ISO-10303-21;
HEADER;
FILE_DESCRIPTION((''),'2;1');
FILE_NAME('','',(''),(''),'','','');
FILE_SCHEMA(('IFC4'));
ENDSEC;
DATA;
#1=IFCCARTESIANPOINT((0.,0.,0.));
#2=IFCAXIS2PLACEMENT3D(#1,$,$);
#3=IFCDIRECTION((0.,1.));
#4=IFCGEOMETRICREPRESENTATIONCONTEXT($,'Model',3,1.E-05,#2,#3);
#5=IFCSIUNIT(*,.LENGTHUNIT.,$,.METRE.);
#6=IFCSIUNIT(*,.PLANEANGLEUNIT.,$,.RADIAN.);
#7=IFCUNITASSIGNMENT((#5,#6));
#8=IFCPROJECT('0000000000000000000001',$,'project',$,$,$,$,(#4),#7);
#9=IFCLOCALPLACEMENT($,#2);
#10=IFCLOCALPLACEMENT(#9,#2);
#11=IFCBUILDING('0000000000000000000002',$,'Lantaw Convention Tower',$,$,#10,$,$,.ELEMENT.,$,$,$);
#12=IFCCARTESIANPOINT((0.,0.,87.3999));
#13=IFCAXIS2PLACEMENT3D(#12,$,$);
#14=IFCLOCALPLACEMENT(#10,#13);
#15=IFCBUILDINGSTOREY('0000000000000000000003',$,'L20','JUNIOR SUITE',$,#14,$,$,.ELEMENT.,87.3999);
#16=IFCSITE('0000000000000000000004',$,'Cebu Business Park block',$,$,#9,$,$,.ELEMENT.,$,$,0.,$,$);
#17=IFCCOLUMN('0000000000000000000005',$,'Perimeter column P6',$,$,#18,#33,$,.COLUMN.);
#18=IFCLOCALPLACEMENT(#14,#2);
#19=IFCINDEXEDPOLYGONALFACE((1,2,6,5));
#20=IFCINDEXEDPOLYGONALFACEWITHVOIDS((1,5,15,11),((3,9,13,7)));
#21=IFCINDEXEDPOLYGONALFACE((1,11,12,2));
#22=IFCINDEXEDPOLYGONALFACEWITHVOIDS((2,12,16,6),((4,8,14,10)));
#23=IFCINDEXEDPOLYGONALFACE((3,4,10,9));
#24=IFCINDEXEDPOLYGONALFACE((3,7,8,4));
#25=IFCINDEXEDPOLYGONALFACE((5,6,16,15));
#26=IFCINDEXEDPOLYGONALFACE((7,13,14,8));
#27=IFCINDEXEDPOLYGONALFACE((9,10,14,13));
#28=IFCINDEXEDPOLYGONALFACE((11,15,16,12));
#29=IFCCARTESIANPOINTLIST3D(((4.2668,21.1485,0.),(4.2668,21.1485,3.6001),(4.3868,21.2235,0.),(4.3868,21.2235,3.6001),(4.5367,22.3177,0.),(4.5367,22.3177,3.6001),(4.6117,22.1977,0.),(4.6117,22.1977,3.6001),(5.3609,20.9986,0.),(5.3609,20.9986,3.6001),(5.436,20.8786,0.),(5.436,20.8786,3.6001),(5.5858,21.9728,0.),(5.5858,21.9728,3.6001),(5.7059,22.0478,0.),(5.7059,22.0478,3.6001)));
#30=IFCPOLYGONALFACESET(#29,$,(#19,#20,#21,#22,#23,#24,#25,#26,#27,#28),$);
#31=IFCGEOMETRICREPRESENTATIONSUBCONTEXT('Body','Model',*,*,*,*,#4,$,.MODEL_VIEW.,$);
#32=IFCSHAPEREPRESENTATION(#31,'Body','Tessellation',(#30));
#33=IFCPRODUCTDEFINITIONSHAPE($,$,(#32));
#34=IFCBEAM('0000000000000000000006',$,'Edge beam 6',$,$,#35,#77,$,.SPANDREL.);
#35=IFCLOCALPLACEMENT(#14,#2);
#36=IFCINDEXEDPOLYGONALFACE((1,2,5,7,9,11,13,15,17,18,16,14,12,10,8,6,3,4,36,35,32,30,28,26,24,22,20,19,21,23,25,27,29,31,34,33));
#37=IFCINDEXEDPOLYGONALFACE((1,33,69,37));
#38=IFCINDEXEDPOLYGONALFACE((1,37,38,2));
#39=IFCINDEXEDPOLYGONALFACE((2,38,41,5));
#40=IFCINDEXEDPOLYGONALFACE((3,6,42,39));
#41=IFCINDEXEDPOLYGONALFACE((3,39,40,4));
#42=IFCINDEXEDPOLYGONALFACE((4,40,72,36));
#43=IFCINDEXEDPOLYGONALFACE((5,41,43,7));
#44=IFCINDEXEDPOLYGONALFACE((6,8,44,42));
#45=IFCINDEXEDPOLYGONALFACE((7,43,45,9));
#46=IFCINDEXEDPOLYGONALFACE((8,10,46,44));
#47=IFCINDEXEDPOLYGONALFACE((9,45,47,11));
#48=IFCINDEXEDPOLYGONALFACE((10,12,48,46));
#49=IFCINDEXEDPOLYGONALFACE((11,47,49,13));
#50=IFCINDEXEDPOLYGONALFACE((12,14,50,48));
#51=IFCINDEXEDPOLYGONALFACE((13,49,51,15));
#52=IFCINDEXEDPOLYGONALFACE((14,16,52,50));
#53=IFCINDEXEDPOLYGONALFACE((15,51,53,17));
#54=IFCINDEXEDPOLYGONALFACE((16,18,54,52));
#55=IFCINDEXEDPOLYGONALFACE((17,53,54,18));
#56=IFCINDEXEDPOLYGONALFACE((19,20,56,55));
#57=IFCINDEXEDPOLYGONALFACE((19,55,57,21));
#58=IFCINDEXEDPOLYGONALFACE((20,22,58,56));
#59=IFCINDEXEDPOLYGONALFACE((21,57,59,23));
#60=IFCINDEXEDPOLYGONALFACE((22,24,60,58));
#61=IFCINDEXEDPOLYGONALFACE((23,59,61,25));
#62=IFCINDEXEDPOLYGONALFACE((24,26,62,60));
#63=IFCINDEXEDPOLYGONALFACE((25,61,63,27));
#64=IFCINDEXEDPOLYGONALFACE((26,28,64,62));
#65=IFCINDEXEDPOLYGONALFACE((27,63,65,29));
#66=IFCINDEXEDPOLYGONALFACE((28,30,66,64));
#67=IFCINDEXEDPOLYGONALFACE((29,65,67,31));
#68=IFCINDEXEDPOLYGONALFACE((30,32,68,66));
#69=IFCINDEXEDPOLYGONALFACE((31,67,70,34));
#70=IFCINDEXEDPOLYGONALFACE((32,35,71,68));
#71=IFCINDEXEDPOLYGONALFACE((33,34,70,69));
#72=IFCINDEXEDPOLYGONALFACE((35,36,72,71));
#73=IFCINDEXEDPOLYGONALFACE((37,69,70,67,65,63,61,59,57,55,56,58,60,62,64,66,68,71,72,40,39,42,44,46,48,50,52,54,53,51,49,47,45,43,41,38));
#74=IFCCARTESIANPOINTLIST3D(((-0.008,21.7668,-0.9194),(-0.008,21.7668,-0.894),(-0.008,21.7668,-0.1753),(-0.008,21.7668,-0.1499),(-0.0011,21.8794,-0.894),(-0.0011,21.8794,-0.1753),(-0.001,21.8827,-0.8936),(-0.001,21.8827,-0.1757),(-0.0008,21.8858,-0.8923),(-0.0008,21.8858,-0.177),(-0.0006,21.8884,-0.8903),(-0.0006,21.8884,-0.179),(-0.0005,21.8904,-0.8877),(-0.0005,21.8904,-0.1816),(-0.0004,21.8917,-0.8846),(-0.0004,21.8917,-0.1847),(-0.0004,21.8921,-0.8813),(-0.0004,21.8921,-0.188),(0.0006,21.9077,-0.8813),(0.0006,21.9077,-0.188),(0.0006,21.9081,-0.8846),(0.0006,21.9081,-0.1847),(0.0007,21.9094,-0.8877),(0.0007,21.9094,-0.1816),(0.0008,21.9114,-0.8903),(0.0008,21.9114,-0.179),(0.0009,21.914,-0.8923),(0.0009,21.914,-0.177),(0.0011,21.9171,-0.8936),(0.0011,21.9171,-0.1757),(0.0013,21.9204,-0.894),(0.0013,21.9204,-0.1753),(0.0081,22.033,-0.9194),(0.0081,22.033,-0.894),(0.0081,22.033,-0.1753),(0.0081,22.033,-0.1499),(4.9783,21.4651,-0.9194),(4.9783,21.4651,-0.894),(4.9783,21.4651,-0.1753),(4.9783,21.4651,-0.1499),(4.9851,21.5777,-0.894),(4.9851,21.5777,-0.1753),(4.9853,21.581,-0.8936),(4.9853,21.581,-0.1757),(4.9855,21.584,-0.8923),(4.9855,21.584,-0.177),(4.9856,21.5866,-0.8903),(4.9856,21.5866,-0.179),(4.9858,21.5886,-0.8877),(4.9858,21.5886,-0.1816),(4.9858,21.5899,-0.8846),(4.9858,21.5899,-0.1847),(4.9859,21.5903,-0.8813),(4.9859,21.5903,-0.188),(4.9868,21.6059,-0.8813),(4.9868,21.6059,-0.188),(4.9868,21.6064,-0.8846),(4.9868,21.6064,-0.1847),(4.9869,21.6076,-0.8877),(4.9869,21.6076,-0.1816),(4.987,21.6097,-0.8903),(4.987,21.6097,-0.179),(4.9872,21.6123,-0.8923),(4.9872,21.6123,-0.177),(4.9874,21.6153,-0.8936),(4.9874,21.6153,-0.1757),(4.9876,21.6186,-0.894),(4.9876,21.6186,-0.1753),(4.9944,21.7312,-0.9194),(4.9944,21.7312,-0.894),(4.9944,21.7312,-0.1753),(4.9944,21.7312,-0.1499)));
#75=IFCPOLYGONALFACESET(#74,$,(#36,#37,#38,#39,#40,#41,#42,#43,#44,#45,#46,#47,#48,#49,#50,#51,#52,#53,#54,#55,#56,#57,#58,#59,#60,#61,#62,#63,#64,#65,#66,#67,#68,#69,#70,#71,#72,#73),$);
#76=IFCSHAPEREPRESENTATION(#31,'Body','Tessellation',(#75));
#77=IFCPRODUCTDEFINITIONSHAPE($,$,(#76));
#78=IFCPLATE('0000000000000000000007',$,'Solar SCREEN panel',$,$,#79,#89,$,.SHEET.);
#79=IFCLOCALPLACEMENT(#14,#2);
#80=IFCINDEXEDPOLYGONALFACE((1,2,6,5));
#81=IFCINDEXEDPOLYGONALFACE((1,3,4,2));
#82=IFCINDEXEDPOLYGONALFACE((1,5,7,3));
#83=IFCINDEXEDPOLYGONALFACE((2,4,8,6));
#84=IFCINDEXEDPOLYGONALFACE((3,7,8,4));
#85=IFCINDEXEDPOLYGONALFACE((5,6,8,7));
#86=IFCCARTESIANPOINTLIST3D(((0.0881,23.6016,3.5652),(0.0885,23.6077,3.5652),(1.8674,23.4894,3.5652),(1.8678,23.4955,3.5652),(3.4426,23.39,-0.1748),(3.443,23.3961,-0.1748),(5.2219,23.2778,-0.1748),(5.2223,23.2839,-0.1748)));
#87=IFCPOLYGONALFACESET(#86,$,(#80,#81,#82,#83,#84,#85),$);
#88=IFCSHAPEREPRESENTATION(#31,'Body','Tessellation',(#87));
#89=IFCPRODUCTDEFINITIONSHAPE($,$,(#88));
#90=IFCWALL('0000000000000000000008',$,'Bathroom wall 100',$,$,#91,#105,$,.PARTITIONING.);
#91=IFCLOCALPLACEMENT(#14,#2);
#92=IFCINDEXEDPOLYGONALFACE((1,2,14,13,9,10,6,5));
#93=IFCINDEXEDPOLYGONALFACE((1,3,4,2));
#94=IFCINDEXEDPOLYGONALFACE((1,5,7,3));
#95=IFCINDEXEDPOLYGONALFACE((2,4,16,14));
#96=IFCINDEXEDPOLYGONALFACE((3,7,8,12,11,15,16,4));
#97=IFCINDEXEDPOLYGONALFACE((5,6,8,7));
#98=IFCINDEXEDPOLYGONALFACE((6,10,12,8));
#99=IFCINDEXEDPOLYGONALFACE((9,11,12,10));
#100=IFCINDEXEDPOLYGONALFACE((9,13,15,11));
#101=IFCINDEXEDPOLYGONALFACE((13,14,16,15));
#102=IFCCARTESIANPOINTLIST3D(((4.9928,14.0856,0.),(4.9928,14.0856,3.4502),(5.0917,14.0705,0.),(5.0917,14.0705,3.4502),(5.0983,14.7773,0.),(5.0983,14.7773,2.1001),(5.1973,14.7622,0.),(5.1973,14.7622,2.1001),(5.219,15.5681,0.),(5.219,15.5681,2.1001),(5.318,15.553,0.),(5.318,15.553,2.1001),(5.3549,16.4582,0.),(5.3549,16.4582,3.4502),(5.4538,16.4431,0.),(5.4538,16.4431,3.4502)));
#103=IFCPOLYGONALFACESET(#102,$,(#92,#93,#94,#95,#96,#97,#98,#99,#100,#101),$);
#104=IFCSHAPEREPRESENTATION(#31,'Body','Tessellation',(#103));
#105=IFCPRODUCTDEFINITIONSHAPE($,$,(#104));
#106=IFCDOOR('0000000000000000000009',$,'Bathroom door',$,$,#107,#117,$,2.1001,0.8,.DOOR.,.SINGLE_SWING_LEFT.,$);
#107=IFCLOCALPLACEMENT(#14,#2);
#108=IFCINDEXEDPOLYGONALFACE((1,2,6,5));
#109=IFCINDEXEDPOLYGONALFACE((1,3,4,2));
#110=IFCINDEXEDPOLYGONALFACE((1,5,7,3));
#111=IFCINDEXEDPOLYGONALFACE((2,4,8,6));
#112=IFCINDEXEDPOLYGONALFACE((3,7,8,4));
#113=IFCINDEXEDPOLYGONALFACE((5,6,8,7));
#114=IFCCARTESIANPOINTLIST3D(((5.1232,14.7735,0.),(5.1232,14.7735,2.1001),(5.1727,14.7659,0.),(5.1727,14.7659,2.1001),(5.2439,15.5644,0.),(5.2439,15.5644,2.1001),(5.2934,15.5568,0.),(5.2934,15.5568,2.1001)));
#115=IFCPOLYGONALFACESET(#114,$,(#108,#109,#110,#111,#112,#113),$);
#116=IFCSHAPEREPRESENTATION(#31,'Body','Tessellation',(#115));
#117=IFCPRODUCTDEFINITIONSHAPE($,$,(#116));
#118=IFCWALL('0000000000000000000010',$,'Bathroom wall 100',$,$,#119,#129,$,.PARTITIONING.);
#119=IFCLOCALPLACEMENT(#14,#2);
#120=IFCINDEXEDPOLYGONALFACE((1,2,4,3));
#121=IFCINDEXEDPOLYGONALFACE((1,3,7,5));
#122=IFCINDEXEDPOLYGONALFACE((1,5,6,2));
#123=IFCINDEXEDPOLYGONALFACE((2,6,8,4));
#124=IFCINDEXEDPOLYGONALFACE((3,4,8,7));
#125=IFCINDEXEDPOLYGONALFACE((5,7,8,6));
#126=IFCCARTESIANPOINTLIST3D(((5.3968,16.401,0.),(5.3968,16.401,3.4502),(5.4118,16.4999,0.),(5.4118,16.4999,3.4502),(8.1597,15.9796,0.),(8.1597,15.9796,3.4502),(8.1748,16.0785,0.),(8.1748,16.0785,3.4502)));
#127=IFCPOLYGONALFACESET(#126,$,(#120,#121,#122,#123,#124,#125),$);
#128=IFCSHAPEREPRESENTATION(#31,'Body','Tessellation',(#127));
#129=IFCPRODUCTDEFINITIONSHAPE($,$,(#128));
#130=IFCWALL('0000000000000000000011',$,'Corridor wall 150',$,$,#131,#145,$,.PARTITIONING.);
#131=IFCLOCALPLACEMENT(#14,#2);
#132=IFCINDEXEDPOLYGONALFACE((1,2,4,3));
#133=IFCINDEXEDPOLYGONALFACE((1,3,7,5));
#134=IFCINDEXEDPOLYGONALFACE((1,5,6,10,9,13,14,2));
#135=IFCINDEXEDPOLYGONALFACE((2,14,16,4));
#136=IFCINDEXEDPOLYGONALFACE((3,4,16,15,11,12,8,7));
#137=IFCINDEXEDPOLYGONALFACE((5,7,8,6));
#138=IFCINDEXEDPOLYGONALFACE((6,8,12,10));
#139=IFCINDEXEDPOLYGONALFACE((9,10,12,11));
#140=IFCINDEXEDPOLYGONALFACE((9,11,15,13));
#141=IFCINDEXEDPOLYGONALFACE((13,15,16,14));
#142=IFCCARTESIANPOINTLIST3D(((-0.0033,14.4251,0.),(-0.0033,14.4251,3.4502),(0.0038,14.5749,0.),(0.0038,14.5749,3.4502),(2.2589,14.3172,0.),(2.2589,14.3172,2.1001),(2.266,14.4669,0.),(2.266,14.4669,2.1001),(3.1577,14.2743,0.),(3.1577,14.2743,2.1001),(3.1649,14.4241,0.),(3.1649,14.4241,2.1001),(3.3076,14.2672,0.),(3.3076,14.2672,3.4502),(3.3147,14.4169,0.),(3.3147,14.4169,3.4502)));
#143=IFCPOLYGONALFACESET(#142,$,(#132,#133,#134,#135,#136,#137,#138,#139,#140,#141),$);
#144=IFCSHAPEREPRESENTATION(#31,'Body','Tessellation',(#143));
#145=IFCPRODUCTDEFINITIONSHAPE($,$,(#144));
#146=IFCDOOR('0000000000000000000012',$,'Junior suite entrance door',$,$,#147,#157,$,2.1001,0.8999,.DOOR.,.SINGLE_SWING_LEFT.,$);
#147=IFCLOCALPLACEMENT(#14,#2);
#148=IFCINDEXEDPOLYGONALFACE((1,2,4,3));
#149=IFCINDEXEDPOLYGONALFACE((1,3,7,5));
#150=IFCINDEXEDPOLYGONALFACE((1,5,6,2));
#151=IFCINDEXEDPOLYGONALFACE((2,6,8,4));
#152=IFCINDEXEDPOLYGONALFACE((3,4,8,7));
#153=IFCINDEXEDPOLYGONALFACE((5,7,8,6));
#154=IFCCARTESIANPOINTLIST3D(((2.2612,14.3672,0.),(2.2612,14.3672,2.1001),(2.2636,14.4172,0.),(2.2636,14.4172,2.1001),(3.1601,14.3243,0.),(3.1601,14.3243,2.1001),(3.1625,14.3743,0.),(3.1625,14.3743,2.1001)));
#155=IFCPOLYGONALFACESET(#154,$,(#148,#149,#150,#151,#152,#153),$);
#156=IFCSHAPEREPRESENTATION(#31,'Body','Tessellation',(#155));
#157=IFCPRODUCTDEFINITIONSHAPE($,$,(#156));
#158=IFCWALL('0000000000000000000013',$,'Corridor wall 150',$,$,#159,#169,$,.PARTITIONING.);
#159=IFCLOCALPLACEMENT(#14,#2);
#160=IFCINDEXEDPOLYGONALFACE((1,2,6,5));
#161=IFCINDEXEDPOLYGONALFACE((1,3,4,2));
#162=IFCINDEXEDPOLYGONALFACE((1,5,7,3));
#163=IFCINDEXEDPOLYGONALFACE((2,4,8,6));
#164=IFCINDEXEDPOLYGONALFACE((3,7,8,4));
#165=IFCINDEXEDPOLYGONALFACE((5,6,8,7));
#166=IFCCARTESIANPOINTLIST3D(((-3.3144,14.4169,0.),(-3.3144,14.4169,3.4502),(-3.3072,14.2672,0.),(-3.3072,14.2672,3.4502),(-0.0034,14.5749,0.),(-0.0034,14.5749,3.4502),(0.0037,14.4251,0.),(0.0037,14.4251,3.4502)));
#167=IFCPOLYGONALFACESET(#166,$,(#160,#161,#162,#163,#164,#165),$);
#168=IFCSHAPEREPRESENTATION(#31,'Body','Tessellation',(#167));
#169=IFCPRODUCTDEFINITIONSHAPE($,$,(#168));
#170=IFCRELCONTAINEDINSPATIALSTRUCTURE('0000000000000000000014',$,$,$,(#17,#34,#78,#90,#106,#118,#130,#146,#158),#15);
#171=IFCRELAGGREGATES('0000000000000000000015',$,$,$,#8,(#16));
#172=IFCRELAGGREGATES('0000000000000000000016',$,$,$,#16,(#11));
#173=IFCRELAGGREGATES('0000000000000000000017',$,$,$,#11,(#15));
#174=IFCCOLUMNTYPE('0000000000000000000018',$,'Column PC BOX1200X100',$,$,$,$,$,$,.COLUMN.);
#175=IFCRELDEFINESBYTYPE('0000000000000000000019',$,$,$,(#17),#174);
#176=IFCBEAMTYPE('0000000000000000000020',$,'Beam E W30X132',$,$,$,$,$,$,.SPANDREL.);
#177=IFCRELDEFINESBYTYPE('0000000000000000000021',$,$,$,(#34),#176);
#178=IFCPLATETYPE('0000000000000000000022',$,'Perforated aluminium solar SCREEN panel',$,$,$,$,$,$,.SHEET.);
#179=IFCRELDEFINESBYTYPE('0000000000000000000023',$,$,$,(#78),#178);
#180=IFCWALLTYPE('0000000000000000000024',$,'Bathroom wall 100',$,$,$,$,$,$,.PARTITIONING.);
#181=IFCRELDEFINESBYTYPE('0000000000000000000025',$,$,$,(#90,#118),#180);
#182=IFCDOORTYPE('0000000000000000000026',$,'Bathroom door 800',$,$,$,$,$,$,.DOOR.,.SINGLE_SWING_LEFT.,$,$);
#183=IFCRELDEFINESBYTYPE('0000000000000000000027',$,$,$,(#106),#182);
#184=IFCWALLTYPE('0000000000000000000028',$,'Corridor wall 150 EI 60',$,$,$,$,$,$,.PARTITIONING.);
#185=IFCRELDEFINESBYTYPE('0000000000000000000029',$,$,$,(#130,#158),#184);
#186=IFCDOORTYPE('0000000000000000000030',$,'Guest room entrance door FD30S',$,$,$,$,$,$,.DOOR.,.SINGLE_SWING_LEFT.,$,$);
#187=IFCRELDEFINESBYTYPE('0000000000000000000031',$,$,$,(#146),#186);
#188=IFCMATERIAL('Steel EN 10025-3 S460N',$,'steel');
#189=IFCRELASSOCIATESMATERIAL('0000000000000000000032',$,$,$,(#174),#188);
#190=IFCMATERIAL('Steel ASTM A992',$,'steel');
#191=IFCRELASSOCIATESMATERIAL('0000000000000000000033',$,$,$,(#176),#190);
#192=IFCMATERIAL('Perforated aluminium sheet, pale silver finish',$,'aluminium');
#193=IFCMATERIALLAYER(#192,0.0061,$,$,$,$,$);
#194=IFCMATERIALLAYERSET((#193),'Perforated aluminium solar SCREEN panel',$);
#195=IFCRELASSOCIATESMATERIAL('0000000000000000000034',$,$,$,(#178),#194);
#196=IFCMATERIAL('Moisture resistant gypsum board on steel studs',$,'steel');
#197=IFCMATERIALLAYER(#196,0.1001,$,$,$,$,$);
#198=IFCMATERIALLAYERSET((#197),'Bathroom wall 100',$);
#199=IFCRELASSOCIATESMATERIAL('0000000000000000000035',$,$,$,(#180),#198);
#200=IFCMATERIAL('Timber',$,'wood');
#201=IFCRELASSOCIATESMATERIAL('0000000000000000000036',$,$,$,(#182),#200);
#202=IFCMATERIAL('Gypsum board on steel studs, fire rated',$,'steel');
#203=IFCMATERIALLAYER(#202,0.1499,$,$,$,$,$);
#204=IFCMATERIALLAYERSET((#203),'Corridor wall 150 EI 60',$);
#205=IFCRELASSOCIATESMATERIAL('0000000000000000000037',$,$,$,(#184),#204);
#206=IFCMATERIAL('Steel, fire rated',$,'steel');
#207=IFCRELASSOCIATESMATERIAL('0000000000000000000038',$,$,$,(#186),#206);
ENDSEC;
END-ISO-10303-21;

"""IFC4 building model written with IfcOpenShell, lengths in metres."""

from ifc_helpers import new_model, si_unit, direction, frame, frame_2d, origin, origin_2d, place, context, subcontext, project, spatial, polyline, rectangle, hollow_rectangle, i_section, outline, extrude, material, layer, layer_set, material_profile, profile_set, type_object, element, fill, save


model = new_model("IFC4")

# Units and contexts
model_context = context("Model", 3, precision=1e-05, world=origin(), true_north=direction((0.0, 1.0)))
body_context = subcontext(model_context, "Body", "Model", "MODEL_VIEW")
ifc_project = project(units=[si_unit("LENGTHUNIT", "METRE"), si_unit("PLANEANGLEUNIT", "RADIAN")], contexts=[model_context])

# Site, building, storey
site_placement = place(None, origin())
site = spatial("IfcSite", under=ifc_project, at=site_placement, Name="Cebu Business Park block", CompositionType="ELEMENT", RefElevation=0.0)
building_placement = place(site_placement, origin())
building = spatial("IfcBuilding", under=site, at=building_placement, Name="Lantaw Convention Tower", CompositionType="ELEMENT")
storey_placement = place(building_placement, frame((0.0, 0.0, 87.3999)))
storey = spatial("IfcBuildingStorey", under=building, at=storey_placement, Name="L20", Description="JUNIOR SUITE", CompositionType="ELEMENT", Elevation=87.3999)

# Column
ifc_material_1 = material(Name="Steel EN 10025-3 S460N", Category="steel")
ifc_material_profile_1 = material_profile(ifc_material_1, hollow_rectangle(XDim=1.2, YDim=1.2, WallThickness=0.1001, at=origin_2d()), Name="BOX1200X100")
ifc_material_2 = material(Name="Concrete C60/75", Category="concrete")
ifc_material_profile_2 = material_profile(ifc_material_2, rectangle(XDim=1.0, YDim=1.0, at=origin_2d()), Name="Concrete fill of BOX1200X100")
ifc_profile_set_1 = profile_set([ifc_material_profile_1, ifc_material_profile_2], Name="Steel EN 10025-3 S460N")
column_type = type_object("IfcColumnType", Name="Column PC BOX1200X100", PredefinedType="COLUMN", material=ifc_profile_set_1)
column_placement = place(storey_placement, frame((4.9863, 21.5981, 0.0), z_axis=(0.0, 0.0, 1.0), x_axis=(0.224951, 0.97437, 0.0)))
element("IfcColumn", 1, at=column_placement, inside=storey, type_object=column_type, Name="Perimeter column P6", PredefinedType="COLUMN", context=body_context, shape_type="SweptSolid", body=[
    extrude(hollow_rectangle(XDim=1.2, YDim=1.2, WallThickness=0.1001, at=origin_2d()), origin(), (0.0, 0.0, 1.0), 3.6001),
])

# Beam
ifc_material_3 = material(Name="Steel ASTM A992", Category="steel")
ifc_material_profile_3 = material_profile(ifc_material_3, i_section(OverallWidth=0.2666, OverallDepth=0.7695, WebThickness=0.0156, FlangeThickness=0.0254, FilletRadius=0.0127, at=origin_2d()), Name="W30X132")
ifc_profile_set_2 = profile_set([ifc_material_profile_3], Name="Steel ASTM A992")
beam_type = type_object("IfcBeamType", Name="Beam E W30X132", PredefinedType="SPANDREL", material=ifc_profile_set_2)
beam_placement = place(storey_placement, frame((4.9863, 21.5981, -0.5347), z_axis=(-0.998174, 0.060407, 0.0), x_axis=(-0.060407, -0.998174, 0.0)))
element("IfcBeam", 2, at=beam_placement, inside=storey, type_object=beam_type, Name="Edge beam 6", PredefinedType="SPANDREL", context=body_context, shape_type="SweptSolid", body=[
    extrude(i_section(OverallWidth=0.2666, OverallDepth=0.7695, WebThickness=0.0156, FlangeThickness=0.0254, FilletRadius=0.0127, at=origin_2d()), origin(), (0.0, 0.0, 1.0), 4.9954),
])

# Plate
ifc_material_4 = material(Name="Perforated aluminium sheet, pale silver finish", Category="aluminium")
ifc_layer_1 = layer(ifc_material_4, 0.0061)
ifc_layer_set_1 = layer_set([ifc_layer_1], Name="Perforated aluminium solar SCREEN panel")
plate_type = type_object("IfcPlateType", Name="Perforated aluminium solar SCREEN panel", PredefinedType="SHEET", material=ifc_layer_set_1)
plate_placement = place(storey_placement, frame((5.2219, 23.2778, -0.1748), z_axis=(-0.062924, -0.998018, 0.000014), x_axis=(-0.998018, 0.062924, 0.0)))
element("IfcPlate", 3, at=plate_placement, inside=storey, type_object=plate_type, Name="Solar SCREEN panel", PredefinedType="SHEET", context=body_context, shape_type="SweptSolid", body=[
    extrude(outline(polyline([(0.0, 0.0), (1.7828, 0.0), (5.144, -3.74), (3.3612, -3.74), (0.0, 0.0)])), origin(), (0.0, 0.0, -1.0), 0.0061),
])

# Wall, opening, door
ifc_material_5 = material(Name="Moisture resistant gypsum board on steel studs", Category="steel")
ifc_layer_2 = layer(ifc_material_5, 0.1001)
ifc_layer_set_2 = layer_set([ifc_layer_2], Name="Bathroom wall 100")
wall_type_1 = type_object("IfcWallType", Name="Bathroom wall 100", PredefinedType="PARTITIONING", material=ifc_layer_set_2)
wall_1_placement = place(storey_placement, frame((5.0422, 14.0779, 0.0), z_axis=(0.0, 0.0, 1.0), x_axis=(0.150857, 0.988556, 0.0)))
wall_1 = element("IfcWall", 4, at=wall_1_placement, inside=storey, type_object=wall_type_1, Name="Bathroom wall 100", PredefinedType="PARTITIONING", context=body_context, shape_type="SweptSolid", body=[
    extrude(rectangle(XDim=2.4001, YDim=0.1001, at=frame_2d((1.2002, 0.0))), origin(), (0.0, 0.0, 1.0), 3.4502),
])
opening_1_placement = place(wall_1_placement, frame((0.7, 0.0, 0.0)))
opening_1 = element("IfcOpeningElement", 5, at=opening_1_placement, cuts=wall_1, PredefinedType="OPENING", context=body_context, shape_type="SweptSolid", body=[
    extrude(rectangle(XDim=0.8, YDim=2.1001, at=frame_2d((0.3999, 1.05))), frame((0.0, 0.0601, 0.0), z_axis=(0.0, -1.0, 0.0), x_axis=(1.0, 0.0, 0.0)), (0.0, 0.0, 1.0), 0.1201),
])
ifc_material_6 = material(Name="Timber", Category="wood")
door_type_1 = type_object("IfcDoorType", Name="Bathroom door 800", OperationType="SINGLE_SWING_LEFT", PredefinedType="DOOR", material=ifc_material_6)
door_1_placement = place(opening_1_placement, origin())
door_1 = element("IfcDoor", 6, at=door_1_placement, inside=storey, type_object=door_type_1, Name="Bathroom door", OperationType="SINGLE_SWING_LEFT", OverallHeight=2.1001, OverallWidth=0.8, PredefinedType="DOOR", context=body_context, shape_type="SweptSolid", body=[
    extrude(rectangle(XDim=0.8, YDim=2.1001, at=frame_2d((0.3999, 1.05))), frame((0.0, 0.0249, 0.0), z_axis=(0.0, -1.0, 0.0), x_axis=(1.0, 0.0, 0.0)), (0.0, 0.0, 1.0), 0.05),
])
fill(opening_1, door_1)

# Wall
wall_2_placement = place(storey_placement, frame((5.4043, 16.4504, 0.0), z_axis=(0.0, 0.0, 1.0), x_axis=(0.988569, -0.15077, 0.0)))
element("IfcWall", 7, at=wall_2_placement, inside=storey, type_object=wall_type_1, Name="Bathroom wall 100", PredefinedType="PARTITIONING", context=body_context, shape_type="SweptSolid", body=[
    extrude(rectangle(XDim=2.7949, YDim=0.1001, at=frame_2d((1.3975, 0.0))), origin(), (0.0, 0.0, 1.0), 3.4502),
])

# Wall, opening, door
ifc_material_7 = material(Name="Gypsum board on steel studs, fire rated", Category="steel")
ifc_layer_3 = layer(ifc_material_7, 0.1499)
ifc_layer_set_3 = layer_set([ifc_layer_3], Name="Corridor wall 150 EI 60")
wall_type_2 = type_object("IfcWallType", Name="Corridor wall 150 EI 60", PredefinedType="PARTITIONING", material=ifc_layer_set_3)
wall_3_placement = place(storey_placement, frame((3.311, 14.342, 0.0), z_axis=(0.0, 0.0, 1.0), x_axis=(-0.998864, 0.047653, 0.0)))
wall_3 = element("IfcWall", 8, at=wall_3_placement, inside=storey, type_object=wall_type_2, Name="Corridor wall 150", PredefinedType="PARTITIONING", context=body_context, shape_type="SweptSolid", body=[
    extrude(rectangle(XDim=3.3147, YDim=0.1499, at=frame_2d((1.6572, 0.0))), origin(), (0.0, 0.0, 1.0), 3.4502),
])
opening_2_placement = place(wall_3_placement, frame((0.1499, 0.0, 0.0)))
opening_2 = element("IfcOpeningElement", 9, at=opening_2_placement, cuts=wall_3, PredefinedType="OPENING", context=body_context, shape_type="SweptSolid", body=[
    extrude(rectangle(XDim=0.8999, YDim=2.1001, at=frame_2d((0.45, 1.05))), frame((0.0, 0.085, 0.0), z_axis=(0.0, -1.0, 0.0), x_axis=(1.0, 0.0, 0.0)), (0.0, 0.0, 1.0), 0.1699),
])
ifc_material_8 = material(Name="Steel, fire rated", Category="steel")
door_type_2 = type_object("IfcDoorType", Name="Guest room entrance door FD30S", OperationType="SINGLE_SWING_LEFT", PredefinedType="DOOR", material=ifc_material_8)
door_2_placement = place(opening_2_placement, origin())
door_2 = element("IfcDoor", 10, at=door_2_placement, inside=storey, type_object=door_type_2, Name="Junior suite entrance door", OperationType="SINGLE_SWING_LEFT", OverallHeight=2.1001, OverallWidth=0.8999, PredefinedType="DOOR", context=body_context, shape_type="SweptSolid", body=[
    extrude(rectangle(XDim=0.8999, YDim=2.1001, at=frame_2d((0.45, 1.05))), frame((0.0, 0.0249, 0.0), z_axis=(0.0, -1.0, 0.0), x_axis=(1.0, 0.0, 0.0)), (0.0, 0.0, 1.0), 0.05),
])
fill(opening_2, door_2)

# Wall
wall_4_placement = place(storey_placement, frame((0.0, 14.5, 0.0), z_axis=(0.0, 0.0, 1.0), x_axis=(-0.998864, -0.047653, 0.0)))
element("IfcWall", 11, at=wall_4_placement, inside=storey, type_object=wall_type_2, Name="Corridor wall 150", PredefinedType="PARTITIONING", context=body_context, shape_type="SweptSolid", body=[
    extrude(rectangle(XDim=3.3147, YDim=0.1499, at=frame_2d((1.6572, 0.0))), origin(), (0.0, 0.0, 1.0), 3.4502),
])

save(model, "model.ifc")
